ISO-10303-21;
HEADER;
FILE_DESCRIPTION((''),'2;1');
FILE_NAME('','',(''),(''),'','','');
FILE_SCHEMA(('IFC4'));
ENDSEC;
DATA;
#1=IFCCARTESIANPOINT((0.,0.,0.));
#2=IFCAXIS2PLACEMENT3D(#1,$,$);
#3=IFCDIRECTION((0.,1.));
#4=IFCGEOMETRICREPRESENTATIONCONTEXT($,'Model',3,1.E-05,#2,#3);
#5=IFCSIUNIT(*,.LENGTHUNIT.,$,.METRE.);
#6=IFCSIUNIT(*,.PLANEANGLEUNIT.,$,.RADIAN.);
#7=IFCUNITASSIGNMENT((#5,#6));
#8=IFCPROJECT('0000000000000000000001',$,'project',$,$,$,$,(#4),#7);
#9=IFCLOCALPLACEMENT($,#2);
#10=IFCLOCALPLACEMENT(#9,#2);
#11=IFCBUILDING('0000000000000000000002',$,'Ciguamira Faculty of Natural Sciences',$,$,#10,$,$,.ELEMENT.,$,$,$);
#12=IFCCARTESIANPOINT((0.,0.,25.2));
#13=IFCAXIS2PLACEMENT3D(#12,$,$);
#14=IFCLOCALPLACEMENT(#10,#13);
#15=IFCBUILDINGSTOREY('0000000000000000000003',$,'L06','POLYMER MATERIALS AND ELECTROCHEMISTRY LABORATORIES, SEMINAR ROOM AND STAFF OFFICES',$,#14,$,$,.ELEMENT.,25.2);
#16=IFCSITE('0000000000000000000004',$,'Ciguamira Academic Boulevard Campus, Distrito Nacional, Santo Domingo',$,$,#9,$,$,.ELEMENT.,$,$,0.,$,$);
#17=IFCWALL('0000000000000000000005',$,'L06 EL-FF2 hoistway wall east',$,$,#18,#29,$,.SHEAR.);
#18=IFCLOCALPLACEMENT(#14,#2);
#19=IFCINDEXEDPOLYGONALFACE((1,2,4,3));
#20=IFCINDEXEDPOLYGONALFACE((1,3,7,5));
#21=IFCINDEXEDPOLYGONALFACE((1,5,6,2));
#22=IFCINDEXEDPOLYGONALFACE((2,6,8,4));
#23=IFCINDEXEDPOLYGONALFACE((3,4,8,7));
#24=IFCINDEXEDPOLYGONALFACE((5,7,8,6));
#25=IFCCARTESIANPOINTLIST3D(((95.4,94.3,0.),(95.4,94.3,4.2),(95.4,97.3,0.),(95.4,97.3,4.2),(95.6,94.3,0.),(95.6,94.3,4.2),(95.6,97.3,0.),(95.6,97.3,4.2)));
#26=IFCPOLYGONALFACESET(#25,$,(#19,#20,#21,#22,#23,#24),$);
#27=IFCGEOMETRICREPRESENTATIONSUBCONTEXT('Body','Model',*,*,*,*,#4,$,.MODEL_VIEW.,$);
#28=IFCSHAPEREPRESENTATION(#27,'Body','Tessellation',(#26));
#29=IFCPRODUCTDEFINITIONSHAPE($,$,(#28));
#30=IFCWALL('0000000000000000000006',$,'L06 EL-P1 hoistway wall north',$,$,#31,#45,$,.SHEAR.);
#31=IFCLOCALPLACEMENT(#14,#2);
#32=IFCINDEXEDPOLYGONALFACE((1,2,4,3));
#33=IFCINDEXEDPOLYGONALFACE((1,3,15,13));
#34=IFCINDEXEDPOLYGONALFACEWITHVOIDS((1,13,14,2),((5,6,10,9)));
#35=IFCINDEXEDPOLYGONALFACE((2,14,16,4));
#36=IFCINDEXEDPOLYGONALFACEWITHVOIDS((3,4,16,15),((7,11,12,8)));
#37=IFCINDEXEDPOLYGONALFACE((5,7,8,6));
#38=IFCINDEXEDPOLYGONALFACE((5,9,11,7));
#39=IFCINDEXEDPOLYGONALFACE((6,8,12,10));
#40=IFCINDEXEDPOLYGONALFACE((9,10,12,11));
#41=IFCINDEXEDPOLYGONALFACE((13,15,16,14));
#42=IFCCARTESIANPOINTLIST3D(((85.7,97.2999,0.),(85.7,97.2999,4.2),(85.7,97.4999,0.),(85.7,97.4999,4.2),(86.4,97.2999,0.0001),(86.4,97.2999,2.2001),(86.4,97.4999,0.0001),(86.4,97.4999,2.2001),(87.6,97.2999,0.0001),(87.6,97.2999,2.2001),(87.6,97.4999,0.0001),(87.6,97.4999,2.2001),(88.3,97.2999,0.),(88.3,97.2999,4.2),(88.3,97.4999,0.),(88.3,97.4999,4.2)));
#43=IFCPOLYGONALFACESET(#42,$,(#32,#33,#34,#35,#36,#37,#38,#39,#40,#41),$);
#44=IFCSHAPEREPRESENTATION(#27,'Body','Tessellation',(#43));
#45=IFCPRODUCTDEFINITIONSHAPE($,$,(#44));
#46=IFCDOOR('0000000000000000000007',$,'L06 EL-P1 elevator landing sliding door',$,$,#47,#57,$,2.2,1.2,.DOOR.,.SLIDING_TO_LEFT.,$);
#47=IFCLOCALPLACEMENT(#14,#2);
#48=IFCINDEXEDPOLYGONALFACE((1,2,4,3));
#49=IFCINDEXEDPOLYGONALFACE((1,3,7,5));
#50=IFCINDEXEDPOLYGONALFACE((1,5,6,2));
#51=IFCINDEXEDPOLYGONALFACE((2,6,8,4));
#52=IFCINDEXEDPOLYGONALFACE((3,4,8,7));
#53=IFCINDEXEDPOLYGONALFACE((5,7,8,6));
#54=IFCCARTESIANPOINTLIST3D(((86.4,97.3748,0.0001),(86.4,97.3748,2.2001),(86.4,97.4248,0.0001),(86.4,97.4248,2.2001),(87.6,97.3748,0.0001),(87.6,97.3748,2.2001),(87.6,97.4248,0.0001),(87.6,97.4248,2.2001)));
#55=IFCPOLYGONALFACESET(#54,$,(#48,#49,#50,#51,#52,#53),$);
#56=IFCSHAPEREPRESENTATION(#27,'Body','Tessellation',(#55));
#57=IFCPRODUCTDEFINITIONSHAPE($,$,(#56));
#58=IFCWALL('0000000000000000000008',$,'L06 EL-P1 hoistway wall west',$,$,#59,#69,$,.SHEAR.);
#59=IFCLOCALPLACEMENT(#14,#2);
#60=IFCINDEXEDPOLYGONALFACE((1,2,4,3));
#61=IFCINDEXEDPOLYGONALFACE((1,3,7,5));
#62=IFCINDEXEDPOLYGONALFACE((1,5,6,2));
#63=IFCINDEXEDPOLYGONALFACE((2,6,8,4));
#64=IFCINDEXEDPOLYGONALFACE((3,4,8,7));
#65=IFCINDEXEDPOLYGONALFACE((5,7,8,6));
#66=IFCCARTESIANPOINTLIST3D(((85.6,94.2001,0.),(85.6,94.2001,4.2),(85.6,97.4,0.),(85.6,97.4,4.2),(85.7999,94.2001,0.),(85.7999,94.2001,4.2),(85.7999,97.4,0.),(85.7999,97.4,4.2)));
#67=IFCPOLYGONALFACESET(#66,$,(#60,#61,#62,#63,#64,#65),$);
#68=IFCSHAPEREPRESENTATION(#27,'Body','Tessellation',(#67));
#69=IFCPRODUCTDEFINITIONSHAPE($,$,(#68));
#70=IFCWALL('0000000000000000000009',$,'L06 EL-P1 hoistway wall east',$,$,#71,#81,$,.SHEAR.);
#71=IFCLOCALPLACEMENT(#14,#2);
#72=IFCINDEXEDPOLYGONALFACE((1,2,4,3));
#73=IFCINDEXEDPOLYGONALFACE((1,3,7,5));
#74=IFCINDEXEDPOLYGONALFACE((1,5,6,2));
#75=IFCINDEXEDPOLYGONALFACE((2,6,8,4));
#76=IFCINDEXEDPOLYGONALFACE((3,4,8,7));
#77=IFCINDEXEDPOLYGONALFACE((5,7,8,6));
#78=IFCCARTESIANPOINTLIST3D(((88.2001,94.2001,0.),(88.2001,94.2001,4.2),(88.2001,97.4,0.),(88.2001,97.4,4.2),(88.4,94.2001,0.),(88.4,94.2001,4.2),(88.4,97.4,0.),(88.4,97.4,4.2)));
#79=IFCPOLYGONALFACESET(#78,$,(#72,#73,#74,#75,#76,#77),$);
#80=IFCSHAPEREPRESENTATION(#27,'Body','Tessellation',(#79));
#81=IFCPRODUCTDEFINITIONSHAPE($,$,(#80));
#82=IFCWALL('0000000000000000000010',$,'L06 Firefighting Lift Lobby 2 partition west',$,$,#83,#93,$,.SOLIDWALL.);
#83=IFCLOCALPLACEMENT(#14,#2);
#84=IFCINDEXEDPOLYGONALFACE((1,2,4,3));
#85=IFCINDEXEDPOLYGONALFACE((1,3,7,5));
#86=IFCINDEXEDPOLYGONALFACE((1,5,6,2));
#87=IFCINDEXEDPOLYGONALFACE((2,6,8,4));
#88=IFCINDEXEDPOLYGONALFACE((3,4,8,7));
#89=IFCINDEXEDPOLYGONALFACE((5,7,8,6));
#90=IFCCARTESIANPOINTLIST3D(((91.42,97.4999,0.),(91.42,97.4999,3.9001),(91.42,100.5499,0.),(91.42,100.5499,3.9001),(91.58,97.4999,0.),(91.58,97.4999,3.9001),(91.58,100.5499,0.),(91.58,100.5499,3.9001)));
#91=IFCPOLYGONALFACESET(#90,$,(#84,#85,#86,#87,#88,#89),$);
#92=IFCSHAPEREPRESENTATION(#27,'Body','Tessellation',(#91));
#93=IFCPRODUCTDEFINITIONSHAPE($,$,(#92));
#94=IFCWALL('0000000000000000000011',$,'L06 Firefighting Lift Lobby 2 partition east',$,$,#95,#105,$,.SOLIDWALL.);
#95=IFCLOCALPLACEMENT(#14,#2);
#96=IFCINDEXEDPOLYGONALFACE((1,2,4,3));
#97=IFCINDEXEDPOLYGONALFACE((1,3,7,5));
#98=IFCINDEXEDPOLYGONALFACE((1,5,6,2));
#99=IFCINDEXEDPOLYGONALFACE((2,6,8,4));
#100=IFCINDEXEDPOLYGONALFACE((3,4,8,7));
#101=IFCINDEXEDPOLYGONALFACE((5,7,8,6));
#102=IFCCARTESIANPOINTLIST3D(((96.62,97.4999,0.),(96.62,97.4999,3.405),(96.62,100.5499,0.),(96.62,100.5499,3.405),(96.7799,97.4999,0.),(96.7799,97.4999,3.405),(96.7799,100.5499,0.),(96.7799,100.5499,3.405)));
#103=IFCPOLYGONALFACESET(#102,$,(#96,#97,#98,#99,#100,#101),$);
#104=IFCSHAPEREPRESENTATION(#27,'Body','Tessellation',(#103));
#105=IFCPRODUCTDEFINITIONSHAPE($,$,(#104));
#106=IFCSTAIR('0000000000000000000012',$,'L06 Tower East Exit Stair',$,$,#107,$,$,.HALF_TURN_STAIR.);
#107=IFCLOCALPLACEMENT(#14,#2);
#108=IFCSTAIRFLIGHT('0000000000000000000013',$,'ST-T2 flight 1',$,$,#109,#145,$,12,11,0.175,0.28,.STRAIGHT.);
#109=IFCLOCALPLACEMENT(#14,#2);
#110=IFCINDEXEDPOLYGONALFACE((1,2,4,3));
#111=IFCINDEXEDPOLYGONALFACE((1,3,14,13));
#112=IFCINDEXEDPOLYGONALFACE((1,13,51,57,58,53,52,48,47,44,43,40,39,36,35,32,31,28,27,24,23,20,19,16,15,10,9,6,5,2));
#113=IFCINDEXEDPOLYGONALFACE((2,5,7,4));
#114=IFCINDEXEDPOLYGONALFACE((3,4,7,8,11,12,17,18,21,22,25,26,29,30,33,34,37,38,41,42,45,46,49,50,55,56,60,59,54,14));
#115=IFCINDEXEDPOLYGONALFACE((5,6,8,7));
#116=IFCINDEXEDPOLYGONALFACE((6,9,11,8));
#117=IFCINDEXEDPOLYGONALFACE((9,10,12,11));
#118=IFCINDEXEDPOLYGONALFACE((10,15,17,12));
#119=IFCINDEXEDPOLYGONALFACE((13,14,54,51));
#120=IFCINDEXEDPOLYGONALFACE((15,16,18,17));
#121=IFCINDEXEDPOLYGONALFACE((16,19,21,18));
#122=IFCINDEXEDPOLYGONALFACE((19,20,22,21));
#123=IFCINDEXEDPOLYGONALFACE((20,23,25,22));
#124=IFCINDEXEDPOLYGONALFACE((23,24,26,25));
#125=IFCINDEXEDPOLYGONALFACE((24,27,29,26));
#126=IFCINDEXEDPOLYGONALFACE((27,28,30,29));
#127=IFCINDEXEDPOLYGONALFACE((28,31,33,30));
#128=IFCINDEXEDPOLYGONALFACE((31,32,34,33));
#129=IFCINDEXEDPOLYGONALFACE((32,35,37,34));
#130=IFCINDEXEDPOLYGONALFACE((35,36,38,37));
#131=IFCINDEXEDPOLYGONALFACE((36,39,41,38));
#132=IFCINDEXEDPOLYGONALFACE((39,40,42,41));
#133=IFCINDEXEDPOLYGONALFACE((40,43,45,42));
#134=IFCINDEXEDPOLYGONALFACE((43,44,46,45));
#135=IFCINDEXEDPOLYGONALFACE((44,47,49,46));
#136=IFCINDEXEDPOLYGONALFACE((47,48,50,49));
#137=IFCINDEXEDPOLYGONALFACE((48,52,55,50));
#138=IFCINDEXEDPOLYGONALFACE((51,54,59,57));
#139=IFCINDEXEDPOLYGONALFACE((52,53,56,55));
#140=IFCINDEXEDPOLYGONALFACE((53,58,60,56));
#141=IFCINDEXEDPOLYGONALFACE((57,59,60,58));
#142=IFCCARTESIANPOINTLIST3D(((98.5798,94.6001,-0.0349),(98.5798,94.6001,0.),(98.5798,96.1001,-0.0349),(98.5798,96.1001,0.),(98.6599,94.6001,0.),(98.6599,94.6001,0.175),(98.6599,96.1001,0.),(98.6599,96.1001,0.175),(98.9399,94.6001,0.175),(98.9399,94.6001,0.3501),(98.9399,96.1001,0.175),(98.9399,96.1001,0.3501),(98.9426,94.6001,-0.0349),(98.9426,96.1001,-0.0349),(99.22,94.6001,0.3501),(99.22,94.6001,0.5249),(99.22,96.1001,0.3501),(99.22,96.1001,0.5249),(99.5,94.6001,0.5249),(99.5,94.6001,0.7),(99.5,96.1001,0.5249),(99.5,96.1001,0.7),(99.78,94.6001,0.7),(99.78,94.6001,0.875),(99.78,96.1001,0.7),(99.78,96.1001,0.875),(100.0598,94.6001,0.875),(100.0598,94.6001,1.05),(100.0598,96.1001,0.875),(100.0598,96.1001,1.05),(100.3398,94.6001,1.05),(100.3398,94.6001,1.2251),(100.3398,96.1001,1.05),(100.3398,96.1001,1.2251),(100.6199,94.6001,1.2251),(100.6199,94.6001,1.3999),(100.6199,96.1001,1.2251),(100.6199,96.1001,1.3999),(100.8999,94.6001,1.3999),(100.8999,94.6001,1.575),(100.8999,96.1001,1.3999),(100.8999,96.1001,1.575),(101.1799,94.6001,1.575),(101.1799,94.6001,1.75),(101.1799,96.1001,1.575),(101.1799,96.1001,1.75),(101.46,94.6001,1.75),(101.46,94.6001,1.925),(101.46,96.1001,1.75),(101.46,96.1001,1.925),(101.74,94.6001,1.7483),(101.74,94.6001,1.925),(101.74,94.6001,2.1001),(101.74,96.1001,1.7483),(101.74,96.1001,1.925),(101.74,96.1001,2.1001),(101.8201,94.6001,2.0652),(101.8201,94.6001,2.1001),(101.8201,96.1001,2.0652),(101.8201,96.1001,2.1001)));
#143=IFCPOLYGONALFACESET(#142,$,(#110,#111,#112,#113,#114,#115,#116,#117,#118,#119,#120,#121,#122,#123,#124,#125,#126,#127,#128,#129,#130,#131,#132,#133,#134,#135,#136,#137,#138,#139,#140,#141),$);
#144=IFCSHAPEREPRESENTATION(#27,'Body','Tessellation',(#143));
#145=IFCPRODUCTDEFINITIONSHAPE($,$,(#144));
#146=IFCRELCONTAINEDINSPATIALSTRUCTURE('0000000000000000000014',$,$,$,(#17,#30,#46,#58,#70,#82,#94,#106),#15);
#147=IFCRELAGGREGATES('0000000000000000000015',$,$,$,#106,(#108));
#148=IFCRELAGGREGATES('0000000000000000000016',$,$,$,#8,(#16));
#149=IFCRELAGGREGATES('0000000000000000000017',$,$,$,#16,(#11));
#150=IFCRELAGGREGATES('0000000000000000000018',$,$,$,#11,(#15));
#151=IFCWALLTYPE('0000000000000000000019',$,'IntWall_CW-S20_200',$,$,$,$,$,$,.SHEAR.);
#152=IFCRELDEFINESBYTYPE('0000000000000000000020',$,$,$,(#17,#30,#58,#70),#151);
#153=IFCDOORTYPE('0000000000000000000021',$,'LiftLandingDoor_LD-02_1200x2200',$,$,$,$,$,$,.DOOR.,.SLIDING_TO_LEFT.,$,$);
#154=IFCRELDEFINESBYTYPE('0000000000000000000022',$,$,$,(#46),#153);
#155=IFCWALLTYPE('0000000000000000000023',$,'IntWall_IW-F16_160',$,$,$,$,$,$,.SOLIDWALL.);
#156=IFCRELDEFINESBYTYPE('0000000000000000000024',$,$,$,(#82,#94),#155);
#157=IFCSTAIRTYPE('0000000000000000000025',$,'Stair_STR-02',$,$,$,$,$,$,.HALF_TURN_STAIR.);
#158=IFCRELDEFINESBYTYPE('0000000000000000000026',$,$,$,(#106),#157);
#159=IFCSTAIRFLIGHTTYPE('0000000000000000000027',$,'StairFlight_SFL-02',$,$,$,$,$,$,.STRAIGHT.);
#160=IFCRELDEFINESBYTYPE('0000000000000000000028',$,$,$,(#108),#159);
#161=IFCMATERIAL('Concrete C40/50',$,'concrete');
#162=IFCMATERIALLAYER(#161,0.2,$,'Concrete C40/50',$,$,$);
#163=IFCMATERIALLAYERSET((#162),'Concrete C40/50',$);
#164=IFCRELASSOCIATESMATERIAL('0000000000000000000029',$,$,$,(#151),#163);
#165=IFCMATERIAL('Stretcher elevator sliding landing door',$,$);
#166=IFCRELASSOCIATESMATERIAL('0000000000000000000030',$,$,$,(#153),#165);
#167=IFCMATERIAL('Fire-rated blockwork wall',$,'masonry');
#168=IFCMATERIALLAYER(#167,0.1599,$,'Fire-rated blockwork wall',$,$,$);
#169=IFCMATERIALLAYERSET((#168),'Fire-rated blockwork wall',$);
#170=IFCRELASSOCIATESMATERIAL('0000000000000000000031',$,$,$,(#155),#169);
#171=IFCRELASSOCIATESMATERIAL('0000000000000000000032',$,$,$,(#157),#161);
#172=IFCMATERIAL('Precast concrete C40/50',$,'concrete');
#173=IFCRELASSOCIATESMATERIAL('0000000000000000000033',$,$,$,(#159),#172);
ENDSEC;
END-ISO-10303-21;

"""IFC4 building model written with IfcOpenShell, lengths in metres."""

from ifc_helpers import new_model, si_unit, direction, frame, frame_2d, origin, place, context, subcontext, project, spatial, polyline, rectangle, outline, extrude, material, layer, layer_set, type_object, element, fill, aggregate, save


model = new_model("IFC4")

# Units and contexts
model_context = context("Model", 3, precision=1e-05, world=origin(), true_north=direction((0.0, 1.0)))
body_context = subcontext(model_context, "Body", "Model", "MODEL_VIEW")
ifc_project = project(units=[si_unit("LENGTHUNIT", "METRE"), si_unit("PLANEANGLEUNIT", "RADIAN")], contexts=[model_context])

# Site, building, storey
site_placement = place(None, origin())
site = spatial("IfcSite", under=ifc_project, at=site_placement, Name="Ciguamira Academic Boulevard Campus, Distrito Nacional, Santo Domingo", CompositionType="ELEMENT", RefElevation=0.0)
building_placement = place(site_placement, origin())
building = spatial("IfcBuilding", under=site, at=building_placement, Name="Ciguamira Faculty of Natural Sciences", CompositionType="ELEMENT")
storey_placement = place(building_placement, frame((0.0, 0.0, 25.2)))
storey = spatial("IfcBuildingStorey", under=building, at=storey_placement, Name="L06", Description="POLYMER MATERIALS AND ELECTROCHEMISTRY LABORATORIES, SEMINAR ROOM AND STAFF OFFICES", CompositionType="ELEMENT", Elevation=25.2)

# Shared definitions
ifc_material_1 = material(Name="Concrete C40/50", Category="concrete")

# Shared definitions
ifc_layer_1 = layer(ifc_material_1, 0.2, Name="Concrete C40/50")
ifc_layer_set_1 = layer_set([ifc_layer_1], Name="Concrete C40/50")
wall_type_1 = type_object("IfcWallType", Name="IntWall_CW-S20_200", PredefinedType="SHEAR", material=ifc_layer_set_1)

# Wall
for number, where, z_axis, x_axis, name in (
    (1, (95.5, 94.3, 0.0), (0.0, 0.0, 1.0), (0.0, 1.0, 0.0), "L06 EL-FF2 hoistway wall east"),
):
    element("IfcWall", number, at=place(storey_placement, frame(where, z_axis=z_axis, x_axis=x_axis)), inside=storey, type_object=wall_type_1, Name=name, PredefinedType="SHEAR", context=body_context, shape_type="SweptSolid", body=[
        extrude(rectangle(XDim=3.0, YDim=0.2, at=frame_2d((1.5, 0.0))), origin(), (0.0, 0.0, 1.0), 4.2),
    ])

# Wall, opening, door
wall_1_placement = place(storey_placement, frame((85.7, 97.3999, 0.0), z_axis=(0.0, 0.0, 1.0), x_axis=(1.0, 0.0, 0.0)))
wall_1 = element("IfcWall", 2, at=wall_1_placement, inside=storey, type_object=wall_type_1, Name="L06 EL-P1 hoistway wall north", PredefinedType="SHEAR", context=body_context, shape_type="SweptSolid", body=[
    extrude(rectangle(XDim=2.6001, YDim=0.2, at=frame_2d((1.3, 0.0))), origin(), (0.0, 0.0, 1.0), 4.2),
])
opening_1_placement = place(wall_1_placement, frame((0.7, 0.0, 0.0)))
opening_1 = element("IfcOpeningElement", 3, at=opening_1_placement, cuts=wall_1, PredefinedType="OPENING", context=body_context, shape_type="SweptSolid", body=[
    extrude(rectangle(XDim=1.2, YDim=2.2, at=frame_2d((0.6001, 1.1001))), frame((0.0, 0.1099, 0.0), z_axis=(0.0, -1.0, 0.0), x_axis=(1.0, 0.0, 0.0)), (0.0, 0.0, 1.0), 0.22),
])
ifc_material_2 = material(Name="Stretcher elevator sliding landing door")
door_type_1 = type_object("IfcDoorType", Name="LiftLandingDoor_LD-02_1200x2200", OperationType="SLIDING_TO_LEFT", PredefinedType="DOOR", material=ifc_material_2)
door_1_placement = place(opening_1_placement, origin())
door_1 = element("IfcDoor", 4, at=door_1_placement, inside=storey, type_object=door_type_1, Name="L06 EL-P1 elevator landing sliding door", OperationType="SLIDING_TO_LEFT", OverallHeight=2.2, OverallWidth=1.2, PredefinedType="DOOR", context=body_context, shape_type="SweptSolid", body=[
    extrude(rectangle(XDim=1.2, YDim=2.2, at=frame_2d((0.6001, 1.1001))), frame((0.0, 0.0249, 0.0), z_axis=(0.0, -1.0, 0.0), x_axis=(1.0, 0.0, 0.0)), (0.0, 0.0, 1.0), 0.05),
])
fill(opening_1, door_1)

# Walls
for number, where, z_axis, x_axis, name in (
    (5, (85.7, 94.2, 0.0), (0.0, 0.0, 1.0), (0.0, 1.0, 0.0), "L06 EL-P1 hoistway wall west"),
    (6, (88.3, 94.2, 0.0), (0.0, 0.0, 1.0), (0.0, 1.0, 0.0), "L06 EL-P1 hoistway wall east"),
):
    element("IfcWall", number, at=place(storey_placement, frame(where, z_axis=z_axis, x_axis=x_axis)), inside=storey, type_object=wall_type_1, Name=name, PredefinedType="SHEAR", context=body_context, shape_type="SweptSolid", body=[
        extrude(rectangle(XDim=3.2, YDim=0.2, at=frame_2d((1.6001, 0.0))), origin(), (0.0, 0.0, 1.0), 4.2),
    ])

# Shared definitions
ifc_material_3 = material(Name="Fire-rated blockwork wall", Category="masonry")
ifc_layer_2 = layer(ifc_material_3, 0.1599, Name="Fire-rated blockwork wall")
ifc_layer_set_2 = layer_set([ifc_layer_2], Name="Fire-rated blockwork wall")
wall_type_2 = type_object("IfcWallType", Name="IntWall_IW-F16_160", PredefinedType="SOLIDWALL", material=ifc_layer_set_2)

# Walls
wall_2_placement = place(storey_placement, frame((91.5, 97.5, 0.0), z_axis=(0.0, 0.0, 1.0), x_axis=(0.0, 1.0, 0.0)))
element("IfcWall", 7, at=wall_2_placement, inside=storey, type_object=wall_type_2, Name="L06 Firefighting Lift Lobby 2 partition west", PredefinedType="SOLIDWALL", context=body_context, shape_type="SweptSolid", body=[
    extrude(rectangle(XDim=3.05, YDim=0.1599, at=frame_2d((1.5249, 0.0))), origin(), (0.0, 0.0, 1.0), 3.9001),
])
wall_3_placement = place(storey_placement, frame((96.7, 97.5, 0.0), z_axis=(0.0, 0.0, 1.0), x_axis=(0.0, 1.0, 0.0)))
element("IfcWall", 8, at=wall_3_placement, inside=storey, type_object=wall_type_2, Name="L06 Firefighting Lift Lobby 2 partition east", PredefinedType="SOLIDWALL", context=body_context, shape_type="SweptSolid", body=[
    extrude(rectangle(XDim=3.05, YDim=0.1599, at=frame_2d((1.5249, 0.0))), origin(), (0.0, 0.0, 1.0), 3.405),
])

# Stair, stair flight
stair_type = type_object("IfcStairType", Name="Stair_STR-02", PredefinedType="HALF_TURN_STAIR", material=ifc_material_1)
stair_placement = place(storey_placement, origin())
stair = element("IfcStair", 9, at=stair_placement, inside=storey, type_object=stair_type, Name="L06 Tower East Exit Stair", PredefinedType="HALF_TURN_STAIR")
ifc_material_4 = material(Name="Precast concrete C40/50", Category="concrete")
stair_flight_type = type_object("IfcStairFlightType", Name="StairFlight_SFL-02", PredefinedType="STRAIGHT", material=ifc_material_4)
stair_flight_placement = place(storey_placement, frame((98.6599, 95.3501, 0.0), z_axis=(0.0, 0.0, 1.0), x_axis=(1.0, 0.0, 0.0)))
stair_flight = element("IfcStairFlight", 10, at=stair_flight_placement, type_object=stair_flight_type, Name="ST-T2 flight 1", NumberOfRisers=12, NumberOfTreads=11, PredefinedType="STRAIGHT", RiserHeight=0.175, TreadLength=0.28, context=body_context, shape_type="SweptSolid", body=[
    extrude(outline(polyline([(-0.0801, -0.0349), (-0.0801, 0.0), (0.0, 0.0), (0.0, 0.175), (0.28, 0.175), (0.28, 0.3501), (0.5601, 0.3501), (0.5601, 0.5249), (0.8401, 0.5249), (0.8401, 0.7), (1.1201, 0.7), (1.1201, 0.875), (1.3999, 0.875), (1.3999, 1.05), (1.6799, 1.05), (1.6799, 1.2251), (1.96, 1.2251), (1.96, 1.3999), (2.24, 1.3999), (2.24, 1.575), (2.52, 1.575), (2.52, 1.75), (2.8, 1.75), (2.8, 1.925), (3.0801, 1.925), (3.0801, 2.1001), (3.1602, 2.1001), (3.1602, 2.0652), (3.0801, 1.7483), (0.2827, -0.0349), (-0.0801, -0.0349)])), frame((0.0, 0.75, 0.0), z_axis=(0.0, -1.0, 0.0), x_axis=(1.0, 0.0, 0.0)), (0.0, 0.0, 1.0), 1.5),
])
aggregate(stair, [stair_flight])

save(model, "model.ifc")
